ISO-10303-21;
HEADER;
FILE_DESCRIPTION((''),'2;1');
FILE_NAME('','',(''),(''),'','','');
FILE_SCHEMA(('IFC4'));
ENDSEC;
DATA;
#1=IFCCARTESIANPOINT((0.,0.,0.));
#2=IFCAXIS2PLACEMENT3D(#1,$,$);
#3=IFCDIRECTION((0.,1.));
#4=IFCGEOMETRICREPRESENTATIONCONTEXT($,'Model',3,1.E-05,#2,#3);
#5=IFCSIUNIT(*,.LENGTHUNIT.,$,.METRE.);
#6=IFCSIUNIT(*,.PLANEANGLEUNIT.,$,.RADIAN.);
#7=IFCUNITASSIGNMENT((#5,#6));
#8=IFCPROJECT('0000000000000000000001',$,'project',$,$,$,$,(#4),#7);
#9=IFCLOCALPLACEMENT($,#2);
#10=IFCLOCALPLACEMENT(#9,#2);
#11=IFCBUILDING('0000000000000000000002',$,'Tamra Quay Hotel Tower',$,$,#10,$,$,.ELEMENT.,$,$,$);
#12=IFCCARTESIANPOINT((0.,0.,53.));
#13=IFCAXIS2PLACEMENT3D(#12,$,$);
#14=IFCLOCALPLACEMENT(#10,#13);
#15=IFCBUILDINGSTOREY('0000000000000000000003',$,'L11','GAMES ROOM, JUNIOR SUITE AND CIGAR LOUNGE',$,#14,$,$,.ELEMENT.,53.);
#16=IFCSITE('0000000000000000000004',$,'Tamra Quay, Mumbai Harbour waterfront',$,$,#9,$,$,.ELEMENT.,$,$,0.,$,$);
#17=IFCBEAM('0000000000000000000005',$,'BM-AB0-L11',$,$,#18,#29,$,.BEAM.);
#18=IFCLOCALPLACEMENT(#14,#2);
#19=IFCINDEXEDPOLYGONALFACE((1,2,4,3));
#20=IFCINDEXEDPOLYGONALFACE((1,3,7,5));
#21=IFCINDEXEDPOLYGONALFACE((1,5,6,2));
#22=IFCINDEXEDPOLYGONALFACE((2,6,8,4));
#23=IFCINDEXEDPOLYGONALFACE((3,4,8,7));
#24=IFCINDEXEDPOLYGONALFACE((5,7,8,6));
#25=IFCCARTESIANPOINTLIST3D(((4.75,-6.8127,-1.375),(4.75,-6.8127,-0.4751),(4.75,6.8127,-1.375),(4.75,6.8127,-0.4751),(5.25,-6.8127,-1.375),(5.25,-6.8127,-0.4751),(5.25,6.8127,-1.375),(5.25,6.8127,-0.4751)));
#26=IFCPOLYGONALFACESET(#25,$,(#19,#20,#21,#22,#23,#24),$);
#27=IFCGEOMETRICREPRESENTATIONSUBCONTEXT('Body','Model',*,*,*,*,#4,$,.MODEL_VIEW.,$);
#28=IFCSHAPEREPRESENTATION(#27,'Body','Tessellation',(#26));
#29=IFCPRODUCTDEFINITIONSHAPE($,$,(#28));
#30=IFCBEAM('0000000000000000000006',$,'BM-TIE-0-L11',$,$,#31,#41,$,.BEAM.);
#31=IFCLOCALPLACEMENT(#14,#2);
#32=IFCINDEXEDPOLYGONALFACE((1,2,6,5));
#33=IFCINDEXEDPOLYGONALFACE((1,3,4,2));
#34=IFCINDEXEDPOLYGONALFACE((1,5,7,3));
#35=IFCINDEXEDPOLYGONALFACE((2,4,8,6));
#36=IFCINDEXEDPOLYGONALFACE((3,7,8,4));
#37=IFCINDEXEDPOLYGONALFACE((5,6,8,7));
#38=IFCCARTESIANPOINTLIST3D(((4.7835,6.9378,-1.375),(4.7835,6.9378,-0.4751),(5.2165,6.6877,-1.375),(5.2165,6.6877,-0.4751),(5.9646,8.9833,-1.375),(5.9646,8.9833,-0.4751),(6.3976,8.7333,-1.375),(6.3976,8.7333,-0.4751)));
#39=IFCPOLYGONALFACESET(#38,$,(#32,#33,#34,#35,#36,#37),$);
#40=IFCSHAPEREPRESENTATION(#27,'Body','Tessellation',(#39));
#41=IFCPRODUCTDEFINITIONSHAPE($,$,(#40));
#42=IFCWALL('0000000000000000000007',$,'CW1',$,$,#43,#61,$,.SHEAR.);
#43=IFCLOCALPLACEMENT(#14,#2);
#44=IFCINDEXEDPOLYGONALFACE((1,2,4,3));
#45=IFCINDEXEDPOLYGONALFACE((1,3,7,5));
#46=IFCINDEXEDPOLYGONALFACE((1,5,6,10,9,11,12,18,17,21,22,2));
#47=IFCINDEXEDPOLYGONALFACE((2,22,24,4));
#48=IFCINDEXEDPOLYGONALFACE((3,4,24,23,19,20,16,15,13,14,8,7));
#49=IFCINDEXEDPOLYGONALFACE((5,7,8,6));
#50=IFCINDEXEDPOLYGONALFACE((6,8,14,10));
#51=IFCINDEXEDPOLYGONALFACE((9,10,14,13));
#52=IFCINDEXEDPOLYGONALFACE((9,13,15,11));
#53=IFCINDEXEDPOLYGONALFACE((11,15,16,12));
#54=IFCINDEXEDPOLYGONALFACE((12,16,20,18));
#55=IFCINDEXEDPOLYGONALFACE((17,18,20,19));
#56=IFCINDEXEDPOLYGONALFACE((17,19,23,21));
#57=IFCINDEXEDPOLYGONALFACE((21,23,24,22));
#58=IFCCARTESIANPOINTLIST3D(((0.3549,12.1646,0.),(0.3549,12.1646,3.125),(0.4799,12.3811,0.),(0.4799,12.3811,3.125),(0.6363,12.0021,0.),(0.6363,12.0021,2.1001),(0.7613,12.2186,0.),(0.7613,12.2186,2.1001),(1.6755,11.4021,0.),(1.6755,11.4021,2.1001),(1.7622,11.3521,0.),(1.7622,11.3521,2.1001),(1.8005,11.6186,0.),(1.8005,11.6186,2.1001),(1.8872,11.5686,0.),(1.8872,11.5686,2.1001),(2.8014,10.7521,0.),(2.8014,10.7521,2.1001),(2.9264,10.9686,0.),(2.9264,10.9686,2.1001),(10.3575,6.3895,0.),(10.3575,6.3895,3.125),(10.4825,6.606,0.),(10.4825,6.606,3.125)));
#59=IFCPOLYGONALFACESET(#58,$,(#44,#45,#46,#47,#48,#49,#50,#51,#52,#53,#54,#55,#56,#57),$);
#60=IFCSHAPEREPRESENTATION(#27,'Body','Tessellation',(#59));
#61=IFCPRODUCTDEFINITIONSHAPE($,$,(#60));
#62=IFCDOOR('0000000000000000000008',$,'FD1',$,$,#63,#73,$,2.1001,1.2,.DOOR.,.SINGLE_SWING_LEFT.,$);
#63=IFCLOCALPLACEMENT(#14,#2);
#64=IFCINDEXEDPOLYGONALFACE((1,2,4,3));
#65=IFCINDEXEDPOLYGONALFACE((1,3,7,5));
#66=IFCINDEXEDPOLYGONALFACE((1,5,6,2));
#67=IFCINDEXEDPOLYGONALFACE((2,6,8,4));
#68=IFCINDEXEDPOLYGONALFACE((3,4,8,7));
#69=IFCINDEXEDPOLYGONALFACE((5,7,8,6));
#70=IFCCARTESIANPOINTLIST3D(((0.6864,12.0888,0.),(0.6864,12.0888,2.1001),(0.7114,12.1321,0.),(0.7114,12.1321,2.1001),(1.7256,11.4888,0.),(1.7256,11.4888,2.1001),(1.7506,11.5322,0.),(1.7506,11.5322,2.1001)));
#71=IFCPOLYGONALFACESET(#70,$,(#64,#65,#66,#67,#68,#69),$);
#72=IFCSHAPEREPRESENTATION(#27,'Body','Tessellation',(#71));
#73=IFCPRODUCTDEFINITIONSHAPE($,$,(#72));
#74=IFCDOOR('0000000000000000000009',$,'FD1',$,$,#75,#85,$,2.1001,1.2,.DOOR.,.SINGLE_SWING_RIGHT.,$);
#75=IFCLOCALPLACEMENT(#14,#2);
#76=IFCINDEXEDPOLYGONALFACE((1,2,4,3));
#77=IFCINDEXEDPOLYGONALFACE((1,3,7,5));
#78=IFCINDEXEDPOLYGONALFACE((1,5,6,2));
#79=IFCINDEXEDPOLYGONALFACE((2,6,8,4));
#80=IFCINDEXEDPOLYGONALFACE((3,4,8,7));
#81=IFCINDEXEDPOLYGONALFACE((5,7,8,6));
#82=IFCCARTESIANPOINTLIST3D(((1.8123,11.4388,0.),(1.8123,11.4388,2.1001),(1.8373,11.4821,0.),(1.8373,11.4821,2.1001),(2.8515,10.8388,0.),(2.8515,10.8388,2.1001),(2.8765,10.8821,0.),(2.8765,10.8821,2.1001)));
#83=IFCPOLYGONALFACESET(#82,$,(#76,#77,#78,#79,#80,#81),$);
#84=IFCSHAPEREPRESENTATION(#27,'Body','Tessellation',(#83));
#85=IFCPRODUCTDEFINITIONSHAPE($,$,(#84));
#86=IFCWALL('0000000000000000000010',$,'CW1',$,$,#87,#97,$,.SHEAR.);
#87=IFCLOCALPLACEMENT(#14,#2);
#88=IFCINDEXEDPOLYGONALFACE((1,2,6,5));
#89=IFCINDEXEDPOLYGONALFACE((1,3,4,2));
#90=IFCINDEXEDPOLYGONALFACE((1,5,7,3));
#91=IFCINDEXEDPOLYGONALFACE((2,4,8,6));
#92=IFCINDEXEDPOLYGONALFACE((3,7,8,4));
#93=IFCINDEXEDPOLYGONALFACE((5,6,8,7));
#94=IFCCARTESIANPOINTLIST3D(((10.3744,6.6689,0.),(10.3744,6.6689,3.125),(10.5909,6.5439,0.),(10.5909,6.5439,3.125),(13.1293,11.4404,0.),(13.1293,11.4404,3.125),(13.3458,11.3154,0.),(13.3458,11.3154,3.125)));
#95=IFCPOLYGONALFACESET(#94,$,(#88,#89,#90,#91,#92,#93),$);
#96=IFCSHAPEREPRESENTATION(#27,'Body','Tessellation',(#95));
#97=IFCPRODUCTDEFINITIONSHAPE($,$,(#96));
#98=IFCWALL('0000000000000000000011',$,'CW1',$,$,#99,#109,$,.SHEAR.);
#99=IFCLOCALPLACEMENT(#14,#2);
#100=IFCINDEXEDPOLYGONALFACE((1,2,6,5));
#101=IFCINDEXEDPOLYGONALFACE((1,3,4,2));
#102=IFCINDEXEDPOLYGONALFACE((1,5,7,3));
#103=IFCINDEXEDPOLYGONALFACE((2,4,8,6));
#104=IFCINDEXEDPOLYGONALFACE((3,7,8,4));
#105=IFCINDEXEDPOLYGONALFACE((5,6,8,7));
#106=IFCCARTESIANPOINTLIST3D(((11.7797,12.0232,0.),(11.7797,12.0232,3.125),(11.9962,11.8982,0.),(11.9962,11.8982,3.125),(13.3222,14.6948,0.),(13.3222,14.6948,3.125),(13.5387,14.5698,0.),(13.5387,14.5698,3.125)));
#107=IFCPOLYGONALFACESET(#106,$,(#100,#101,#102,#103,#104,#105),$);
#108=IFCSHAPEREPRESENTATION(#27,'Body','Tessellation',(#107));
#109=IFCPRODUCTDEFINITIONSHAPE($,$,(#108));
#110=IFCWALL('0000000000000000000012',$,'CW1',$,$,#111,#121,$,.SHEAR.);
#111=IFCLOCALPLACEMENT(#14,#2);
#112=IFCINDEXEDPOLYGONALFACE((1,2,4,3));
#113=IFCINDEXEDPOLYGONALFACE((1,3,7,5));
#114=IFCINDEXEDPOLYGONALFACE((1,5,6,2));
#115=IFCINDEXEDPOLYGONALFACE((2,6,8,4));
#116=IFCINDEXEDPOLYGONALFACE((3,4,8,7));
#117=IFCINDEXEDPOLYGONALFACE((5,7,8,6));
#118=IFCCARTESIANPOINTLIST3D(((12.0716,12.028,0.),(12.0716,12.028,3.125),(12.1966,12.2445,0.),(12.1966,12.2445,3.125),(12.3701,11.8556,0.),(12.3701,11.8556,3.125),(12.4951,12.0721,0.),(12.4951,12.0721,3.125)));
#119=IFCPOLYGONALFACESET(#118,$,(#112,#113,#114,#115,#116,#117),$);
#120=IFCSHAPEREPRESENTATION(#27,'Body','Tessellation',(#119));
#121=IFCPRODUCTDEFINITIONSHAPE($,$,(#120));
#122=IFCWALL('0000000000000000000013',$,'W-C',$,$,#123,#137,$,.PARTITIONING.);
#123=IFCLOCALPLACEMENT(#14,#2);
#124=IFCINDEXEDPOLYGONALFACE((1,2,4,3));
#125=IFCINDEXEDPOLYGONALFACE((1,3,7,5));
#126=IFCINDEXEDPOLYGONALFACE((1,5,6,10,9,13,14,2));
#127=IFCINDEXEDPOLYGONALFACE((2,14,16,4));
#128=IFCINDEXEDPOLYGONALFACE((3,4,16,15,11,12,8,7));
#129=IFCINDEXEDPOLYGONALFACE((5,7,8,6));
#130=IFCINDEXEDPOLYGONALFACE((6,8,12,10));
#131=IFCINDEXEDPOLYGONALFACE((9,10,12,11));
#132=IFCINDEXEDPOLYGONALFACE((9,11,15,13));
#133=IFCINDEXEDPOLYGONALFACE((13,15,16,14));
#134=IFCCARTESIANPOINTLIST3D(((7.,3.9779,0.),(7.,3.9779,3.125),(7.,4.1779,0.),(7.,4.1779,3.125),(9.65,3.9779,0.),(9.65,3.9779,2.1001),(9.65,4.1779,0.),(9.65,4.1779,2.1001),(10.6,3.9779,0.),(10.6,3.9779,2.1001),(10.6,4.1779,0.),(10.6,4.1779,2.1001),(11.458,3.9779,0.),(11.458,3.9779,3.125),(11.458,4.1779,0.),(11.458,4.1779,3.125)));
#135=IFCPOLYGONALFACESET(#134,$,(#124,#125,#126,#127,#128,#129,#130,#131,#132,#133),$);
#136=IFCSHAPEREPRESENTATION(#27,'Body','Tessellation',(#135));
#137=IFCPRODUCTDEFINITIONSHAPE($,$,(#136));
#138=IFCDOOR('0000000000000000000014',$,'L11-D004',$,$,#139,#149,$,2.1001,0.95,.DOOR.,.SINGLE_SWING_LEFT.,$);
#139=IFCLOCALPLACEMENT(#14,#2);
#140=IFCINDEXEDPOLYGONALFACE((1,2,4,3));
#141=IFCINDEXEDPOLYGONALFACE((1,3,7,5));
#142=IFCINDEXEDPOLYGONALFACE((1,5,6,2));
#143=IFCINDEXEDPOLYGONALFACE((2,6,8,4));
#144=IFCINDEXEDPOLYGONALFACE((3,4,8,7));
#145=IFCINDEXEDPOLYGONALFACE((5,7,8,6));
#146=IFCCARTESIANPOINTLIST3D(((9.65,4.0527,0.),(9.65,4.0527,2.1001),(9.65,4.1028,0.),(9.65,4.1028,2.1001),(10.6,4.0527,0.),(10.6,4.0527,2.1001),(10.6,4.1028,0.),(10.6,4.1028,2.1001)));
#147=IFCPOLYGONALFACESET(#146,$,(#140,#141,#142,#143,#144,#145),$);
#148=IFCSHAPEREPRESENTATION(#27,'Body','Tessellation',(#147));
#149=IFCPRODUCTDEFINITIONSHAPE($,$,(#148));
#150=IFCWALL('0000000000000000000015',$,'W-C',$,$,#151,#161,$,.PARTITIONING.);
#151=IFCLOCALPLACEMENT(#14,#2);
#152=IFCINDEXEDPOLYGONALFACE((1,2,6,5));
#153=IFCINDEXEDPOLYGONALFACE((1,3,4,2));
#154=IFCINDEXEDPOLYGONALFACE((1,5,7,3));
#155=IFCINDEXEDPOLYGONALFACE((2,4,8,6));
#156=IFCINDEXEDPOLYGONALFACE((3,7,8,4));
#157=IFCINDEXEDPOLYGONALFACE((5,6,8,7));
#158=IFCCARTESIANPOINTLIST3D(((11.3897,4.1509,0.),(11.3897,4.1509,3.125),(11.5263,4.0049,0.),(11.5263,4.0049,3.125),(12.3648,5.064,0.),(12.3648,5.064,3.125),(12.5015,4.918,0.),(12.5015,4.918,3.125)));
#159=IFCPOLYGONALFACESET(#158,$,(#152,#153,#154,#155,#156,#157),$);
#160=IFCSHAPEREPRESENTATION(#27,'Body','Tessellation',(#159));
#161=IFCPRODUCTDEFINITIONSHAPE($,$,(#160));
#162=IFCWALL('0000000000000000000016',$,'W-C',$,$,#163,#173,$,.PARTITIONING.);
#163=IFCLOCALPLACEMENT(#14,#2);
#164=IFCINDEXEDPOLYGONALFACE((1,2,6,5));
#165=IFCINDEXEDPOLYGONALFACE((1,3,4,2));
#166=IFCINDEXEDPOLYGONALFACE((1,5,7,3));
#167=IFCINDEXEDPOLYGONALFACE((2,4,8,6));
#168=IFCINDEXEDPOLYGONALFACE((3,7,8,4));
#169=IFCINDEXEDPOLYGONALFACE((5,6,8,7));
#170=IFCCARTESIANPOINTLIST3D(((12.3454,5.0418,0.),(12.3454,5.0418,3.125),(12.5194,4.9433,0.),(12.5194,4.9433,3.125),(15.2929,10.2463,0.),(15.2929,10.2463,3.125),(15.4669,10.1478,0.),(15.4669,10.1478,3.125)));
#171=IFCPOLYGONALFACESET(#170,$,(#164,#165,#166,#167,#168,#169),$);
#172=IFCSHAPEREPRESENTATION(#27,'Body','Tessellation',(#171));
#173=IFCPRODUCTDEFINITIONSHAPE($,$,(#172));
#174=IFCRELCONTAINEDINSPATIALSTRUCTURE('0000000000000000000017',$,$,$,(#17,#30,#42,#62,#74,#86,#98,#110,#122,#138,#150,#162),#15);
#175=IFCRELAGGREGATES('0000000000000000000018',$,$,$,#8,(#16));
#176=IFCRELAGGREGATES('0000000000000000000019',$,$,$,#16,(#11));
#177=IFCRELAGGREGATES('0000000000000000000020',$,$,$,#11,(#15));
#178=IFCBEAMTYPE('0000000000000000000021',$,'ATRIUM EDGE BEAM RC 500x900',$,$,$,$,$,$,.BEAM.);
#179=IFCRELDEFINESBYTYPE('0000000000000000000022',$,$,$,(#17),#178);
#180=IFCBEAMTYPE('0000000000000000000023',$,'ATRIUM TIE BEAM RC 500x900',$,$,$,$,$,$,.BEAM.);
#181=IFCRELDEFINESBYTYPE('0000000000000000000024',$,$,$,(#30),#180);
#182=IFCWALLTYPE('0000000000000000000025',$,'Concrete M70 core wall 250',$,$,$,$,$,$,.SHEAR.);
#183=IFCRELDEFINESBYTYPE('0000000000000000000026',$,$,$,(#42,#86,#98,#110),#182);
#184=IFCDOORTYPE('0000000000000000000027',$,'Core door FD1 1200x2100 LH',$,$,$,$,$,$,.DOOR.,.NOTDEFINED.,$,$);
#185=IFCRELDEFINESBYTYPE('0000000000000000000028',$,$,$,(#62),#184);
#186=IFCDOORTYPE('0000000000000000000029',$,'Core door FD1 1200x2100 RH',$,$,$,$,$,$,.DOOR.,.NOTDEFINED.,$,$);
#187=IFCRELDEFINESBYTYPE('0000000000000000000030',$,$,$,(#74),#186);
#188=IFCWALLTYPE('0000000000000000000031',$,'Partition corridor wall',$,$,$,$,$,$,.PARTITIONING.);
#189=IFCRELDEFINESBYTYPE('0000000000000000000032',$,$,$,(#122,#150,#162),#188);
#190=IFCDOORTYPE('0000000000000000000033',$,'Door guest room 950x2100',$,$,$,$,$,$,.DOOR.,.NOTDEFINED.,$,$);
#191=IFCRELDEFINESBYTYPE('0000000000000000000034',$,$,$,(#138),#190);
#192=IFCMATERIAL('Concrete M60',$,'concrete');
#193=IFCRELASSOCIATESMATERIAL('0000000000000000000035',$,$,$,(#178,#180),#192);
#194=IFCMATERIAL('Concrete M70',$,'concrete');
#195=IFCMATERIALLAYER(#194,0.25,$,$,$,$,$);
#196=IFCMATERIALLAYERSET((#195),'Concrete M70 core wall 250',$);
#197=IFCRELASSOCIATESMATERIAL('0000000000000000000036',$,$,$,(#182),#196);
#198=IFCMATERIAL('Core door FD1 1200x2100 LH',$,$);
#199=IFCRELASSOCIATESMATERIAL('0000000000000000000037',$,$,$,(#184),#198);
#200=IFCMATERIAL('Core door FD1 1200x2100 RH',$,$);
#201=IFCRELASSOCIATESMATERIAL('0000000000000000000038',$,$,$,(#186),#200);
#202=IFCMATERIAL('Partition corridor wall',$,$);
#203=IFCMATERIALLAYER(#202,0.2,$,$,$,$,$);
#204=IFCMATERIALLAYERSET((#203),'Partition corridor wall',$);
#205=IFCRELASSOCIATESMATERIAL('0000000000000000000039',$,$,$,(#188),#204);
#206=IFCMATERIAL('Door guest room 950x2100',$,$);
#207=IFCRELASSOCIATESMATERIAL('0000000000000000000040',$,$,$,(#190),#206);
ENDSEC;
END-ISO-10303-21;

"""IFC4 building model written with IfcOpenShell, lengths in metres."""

from ifc_helpers import new_model, si_unit, direction, frame, frame_2d, origin, origin_2d, place, context, subcontext, project, spatial, rectangle, extrude, material, layer, layer_set, material_profile, profile_set, type_object, element, fill, save


model = new_model("IFC4")

# Units and contexts
model_context = context("Model", 3, precision=1e-05, world=origin(), true_north=direction((0.0, 1.0)))
body_context = subcontext(model_context, "Body", "Model", "MODEL_VIEW")
ifc_project = project(units=[si_unit("LENGTHUNIT", "METRE"), si_unit("PLANEANGLEUNIT", "RADIAN")], contexts=[model_context])

# Site, building, storey
site_placement = place(None, origin())
site = spatial("IfcSite", under=ifc_project, at=site_placement, Name="Tamra Quay, Mumbai Harbour waterfront", CompositionType="ELEMENT", RefElevation=0.0)
building_placement = place(site_placement, origin())
building = spatial("IfcBuilding", under=site, at=building_placement, Name="Tamra Quay Hotel Tower", CompositionType="ELEMENT")
storey_placement = place(building_placement, frame((0.0, 0.0, 53.0)))
storey = spatial("IfcBuildingStorey", under=building, at=storey_placement, Name="L11", Description="GAMES ROOM, JUNIOR SUITE AND CIGAR LOUNGE", CompositionType="ELEMENT", Elevation=53.0)

# Beams
ifc_material_1 = material(Name="Concrete M60", Category="concrete")
ifc_material_profile_1 = material_profile(ifc_material_1, rectangle(XDim=0.5, YDim=0.8999, at=origin_2d()), Name="ATRIUM EDGE BEAM RC 500x900")
ifc_profile_set_1 = profile_set([ifc_material_profile_1], Name="Concrete M60")
beam_type_1 = type_object("IfcBeamType", Name="ATRIUM EDGE BEAM RC 500x900", PredefinedType="BEAM", material=ifc_profile_set_1)
beam_1_placement = place(storey_placement, frame((5.0, 6.8127, -0.925), z_axis=(0.0, -1.0, 0.0), x_axis=(1.0, 0.0, 0.0)))
element("IfcBeam", 1, at=beam_1_placement, inside=storey, type_object=beam_type_1, Name="BM-AB0-L11", PredefinedType="BEAM", context=body_context, shape_type="SweptSolid", body=[
    extrude(rectangle(XDim=0.5, YDim=0.8999, at=origin_2d()), origin(), (0.0, 0.0, 1.0), 13.6255),
])
ifc_material_profile_2 = material_profile(ifc_material_1, rectangle(XDim=0.5, YDim=0.8999, at=origin_2d()), Name="ATRIUM TIE BEAM RC 500x900")
ifc_profile_set_2 = profile_set([ifc_material_profile_2], Name="Concrete M60")
beam_type_2 = type_object("IfcBeamType", Name="ATRIUM TIE BEAM RC 500x900", PredefinedType="BEAM", material=ifc_profile_set_2)
beam_2_placement = place(storey_placement, frame((5.0, 6.8127, -0.925), z_axis=(0.50003, 0.866008, 0.0), x_axis=(-0.866008, 0.50003, 0.0)))
element("IfcBeam", 2, at=beam_2_placement, inside=storey, type_object=beam_type_2, Name="BM-TIE-0-L11", PredefinedType="BEAM", context=body_context, shape_type="SweptSolid", body=[
    extrude(rectangle(XDim=0.5, YDim=0.8999, at=origin_2d()), origin(), (0.0, 0.0, 1.0), 2.3621),
])

# Wall, openings, doors
ifc_material_2 = material(Name="Concrete M70", Category="concrete")
ifc_layer_1 = layer(ifc_material_2, 0.25)
ifc_layer_set_1 = layer_set([ifc_layer_1], Name="Concrete M70 core wall 250")
wall_type_1 = type_object("IfcWallType", Name="Concrete M70 core wall 250", PredefinedType="SHEAR", material=ifc_layer_set_1)
wall_1_placement = place(storey_placement, frame((10.4199, 6.4978, 0.0), z_axis=(0.0, 0.0, 1.0), x_axis=(-0.866022, 0.500006, 0.0)))
wall_1 = element("IfcWall", 3, at=wall_1_placement, inside=storey, type_object=wall_type_1, Name="CW1", PredefinedType="SHEAR", context=body_context, shape_type="SweptSolid", body=[
    extrude(rectangle(XDim=11.55, YDim=0.25, at=frame_2d((5.7749, 0.0))), origin(), (0.0, 0.0, 1.0), 3.125),
])
opening_1_placement = place(wall_1_placement, frame((10.0249, 0.0, 0.0)))
opening_1 = element("IfcOpeningElement", 4, at=opening_1_placement, cuts=wall_1, PredefinedType="OPENING", context=body_context, shape_type="SweptSolid", body=[
    extrude(rectangle(XDim=1.2, YDim=2.1001, at=frame_2d((0.6001, 1.05))), frame((0.0, 0.135, 0.0), z_axis=(0.0, -1.0, 0.0), x_axis=(1.0, 0.0, 0.0)), (0.0, 0.0, 1.0), 0.27),
])
opening_2_placement = place(wall_1_placement, frame((8.7249, 0.0, 0.0)))
opening_2 = element("IfcOpeningElement", 5, at=opening_2_placement, cuts=wall_1, PredefinedType="OPENING", context=body_context, shape_type="SweptSolid", body=[
    extrude(rectangle(XDim=1.2, YDim=2.1001, at=frame_2d((0.6001, 1.05))), frame((0.0, 0.135, 0.0), z_axis=(0.0, -1.0, 0.0), x_axis=(1.0, 0.0, 0.0)), (0.0, 0.0, 1.0), 0.27),
])
ifc_material_3 = material(Name="Core door FD1 1200x2100 LH")
door_type_1 = type_object("IfcDoorType", Name="Core door FD1 1200x2100 LH", OperationType="NOTDEFINED", PredefinedType="DOOR", material=ifc_material_3)
door_1_placement = place(opening_1_placement, origin())
door_1 = element("IfcDoor", 6, at=door_1_placement, inside=storey, type_object=door_type_1, Name="FD1", OperationType="SINGLE_SWING_LEFT", OverallHeight=2.1001, OverallWidth=1.2, PredefinedType="DOOR", context=body_context, shape_type="SweptSolid", body=[
    extrude(rectangle(XDim=1.2, YDim=2.1001, at=frame_2d((0.6001, 1.05))), frame((0.0, 0.0249, 0.0), z_axis=(0.0, -1.0, 0.0), x_axis=(1.0, 0.0, 0.0)), (0.0, 0.0, 1.0), 0.05),
])
fill(opening_1, door_1)
ifc_material_4 = material(Name="Core door FD1 1200x2100 RH")
door_type_2 = type_object("IfcDoorType", Name="Core door FD1 1200x2100 RH", OperationType="NOTDEFINED", PredefinedType="DOOR", material=ifc_material_4)
door_2_placement = place(opening_2_placement, origin())
door_2 = element("IfcDoor", 7, at=door_2_placement, inside=storey, type_object=door_type_2, Name="FD1", OperationType="SINGLE_SWING_RIGHT", OverallHeight=2.1001, OverallWidth=1.2, PredefinedType="DOOR", context=body_context, shape_type="SweptSolid", body=[
    extrude(rectangle(XDim=1.2, YDim=2.1001, at=frame_2d((0.6001, 1.05))), frame((0.0, 0.0249, 0.0), z_axis=(0.0, -1.0, 0.0), x_axis=(1.0, 0.0, 0.0)), (0.0, 0.0, 1.0), 0.05),
])
fill(opening_2, door_2)

# Walls
wall_2_placement = place(storey_placement, frame((13.2375, 11.3779, 0.0), z_axis=(0.0, 0.0, 1.0), x_axis=(-0.500009, -0.86602, 0.0)))
element("IfcWall", 8, at=wall_2_placement, inside=storey, type_object=wall_type_1, Name="CW1", PredefinedType="SHEAR", context=body_context, shape_type="SweptSolid", body=[
    extrude(rectangle(XDim=5.5098, YDim=0.25, at=frame_2d((2.7549, 0.0))), origin(), (0.0, 0.0, 1.0), 3.125),
])
wall_3_placement = place(storey_placement, frame((11.8879, 11.9607, 0.0), z_axis=(0.0, 0.0, 1.0), x_axis=(0.500003, 0.866023, 0.0)))
element("IfcWall", 9, at=wall_3_placement, inside=storey, type_object=wall_type_1, Name="CW1", PredefinedType="SHEAR", context=body_context, shape_type="SweptSolid", body=[
    extrude(rectangle(XDim=3.085, YDim=0.25, at=frame_2d((1.5425, 0.0))), origin(), (0.0, 0.0, 1.0), 3.125),
])
wall_4_placement = place(storey_placement, frame((12.4326, 11.9639, 0.0), z_axis=(0.0, 0.0, 1.0), x_axis=(-0.866056, 0.499947, 0.0)))
element("IfcWall", 10, at=wall_4_placement, inside=storey, type_object=wall_type_1, Name="CW1", PredefinedType="SHEAR", context=body_context, shape_type="SweptSolid", body=[
    extrude(rectangle(XDim=0.3447, YDim=0.25, at=frame_2d((0.1724, 0.0))), origin(), (0.0, 0.0, 1.0), 3.125),
])

# Wall, opening, door
ifc_material_5 = material(Name="Partition corridor wall")
ifc_layer_2 = layer(ifc_material_5, 0.2)
ifc_layer_set_2 = layer_set([ifc_layer_2], Name="Partition corridor wall")
wall_type_2 = type_object("IfcWallType", Name="Partition corridor wall", PredefinedType="PARTITIONING", material=ifc_layer_set_2)
wall_5_placement = place(storey_placement, frame((7.0, 4.0779, 0.0), z_axis=(0.0, 0.0, 1.0), x_axis=(1.0, 0.0, 0.0)))
wall_5 = element("IfcWall", 11, at=wall_5_placement, inside=storey, type_object=wall_type_2, Name="W-C", PredefinedType="PARTITIONING", context=body_context, shape_type="SweptSolid", body=[
    extrude(rectangle(XDim=4.458, YDim=0.2, at=frame_2d((2.229, 0.0))), origin(), (0.0, 0.0, 1.0), 3.125),
])
opening_3_placement = place(wall_5_placement, frame((2.6499, 0.0, 0.0)))
opening_3 = element("IfcOpeningElement", 12, at=opening_3_placement, cuts=wall_5, PredefinedType="OPENING", context=body_context, shape_type="SweptSolid", body=[
    extrude(rectangle(XDim=0.95, YDim=2.1001, at=frame_2d((0.4751, 1.05))), frame((0.0, 0.1099, 0.0), z_axis=(0.0, -1.0, 0.0), x_axis=(1.0, 0.0, 0.0)), (0.0, 0.0, 1.0), 0.22),
])
ifc_material_6 = material(Name="Door guest room 950x2100")
door_type_3 = type_object("IfcDoorType", Name="Door guest room 950x2100", OperationType="NOTDEFINED", PredefinedType="DOOR", material=ifc_material_6)
door_3_placement = place(opening_3_placement, origin())
door_3 = element("IfcDoor", 13, at=door_3_placement, inside=storey, type_object=door_type_3, Name="L11-D004", OperationType="SINGLE_SWING_LEFT", OverallHeight=2.1001, OverallWidth=0.95, PredefinedType="DOOR", context=body_context, shape_type="SweptSolid", body=[
    extrude(rectangle(XDim=0.95, YDim=2.1001, at=frame_2d((0.4751, 1.05))), frame((0.0, 0.0249, 0.0), z_axis=(0.0, -1.0, 0.0), x_axis=(1.0, 0.0, 0.0)), (0.0, 0.0, 1.0), 0.05),
])
fill(opening_3, door_3)

# Walls
wall_6_placement = place(storey_placement, frame((11.458, 4.0779, 0.0), z_axis=(0.0, 0.0, 1.0), x_axis=(0.729936, 0.683515, 0.0)))
element("IfcWall", 14, at=wall_6_placement, inside=storey, type_object=wall_type_2, Name="W-C", PredefinedType="PARTITIONING", context=body_context, shape_type="SweptSolid", body=[
    extrude(rectangle(XDim=1.3359, YDim=0.2, at=frame_2d((0.668, 0.0))), origin(), (0.0, 0.0, 1.0), 3.125),
])
wall_7_placement = place(storey_placement, frame((12.4324, 4.9924, 0.0), z_axis=(0.0, 0.0, 1.0), x_axis=(0.49279, 0.870148, 0.0)))
element("IfcWall", 15, at=wall_7_placement, inside=storey, type_object=wall_type_2, Name="W-C", PredefinedType="PARTITIONING", context=body_context, shape_type="SweptSolid", body=[
    extrude(rectangle(XDim=5.9812, YDim=0.2, at=frame_2d((2.9907, 0.0))), origin(), (0.0, 0.0, 1.0), 3.125),
])

save(model, "model.ifc")
